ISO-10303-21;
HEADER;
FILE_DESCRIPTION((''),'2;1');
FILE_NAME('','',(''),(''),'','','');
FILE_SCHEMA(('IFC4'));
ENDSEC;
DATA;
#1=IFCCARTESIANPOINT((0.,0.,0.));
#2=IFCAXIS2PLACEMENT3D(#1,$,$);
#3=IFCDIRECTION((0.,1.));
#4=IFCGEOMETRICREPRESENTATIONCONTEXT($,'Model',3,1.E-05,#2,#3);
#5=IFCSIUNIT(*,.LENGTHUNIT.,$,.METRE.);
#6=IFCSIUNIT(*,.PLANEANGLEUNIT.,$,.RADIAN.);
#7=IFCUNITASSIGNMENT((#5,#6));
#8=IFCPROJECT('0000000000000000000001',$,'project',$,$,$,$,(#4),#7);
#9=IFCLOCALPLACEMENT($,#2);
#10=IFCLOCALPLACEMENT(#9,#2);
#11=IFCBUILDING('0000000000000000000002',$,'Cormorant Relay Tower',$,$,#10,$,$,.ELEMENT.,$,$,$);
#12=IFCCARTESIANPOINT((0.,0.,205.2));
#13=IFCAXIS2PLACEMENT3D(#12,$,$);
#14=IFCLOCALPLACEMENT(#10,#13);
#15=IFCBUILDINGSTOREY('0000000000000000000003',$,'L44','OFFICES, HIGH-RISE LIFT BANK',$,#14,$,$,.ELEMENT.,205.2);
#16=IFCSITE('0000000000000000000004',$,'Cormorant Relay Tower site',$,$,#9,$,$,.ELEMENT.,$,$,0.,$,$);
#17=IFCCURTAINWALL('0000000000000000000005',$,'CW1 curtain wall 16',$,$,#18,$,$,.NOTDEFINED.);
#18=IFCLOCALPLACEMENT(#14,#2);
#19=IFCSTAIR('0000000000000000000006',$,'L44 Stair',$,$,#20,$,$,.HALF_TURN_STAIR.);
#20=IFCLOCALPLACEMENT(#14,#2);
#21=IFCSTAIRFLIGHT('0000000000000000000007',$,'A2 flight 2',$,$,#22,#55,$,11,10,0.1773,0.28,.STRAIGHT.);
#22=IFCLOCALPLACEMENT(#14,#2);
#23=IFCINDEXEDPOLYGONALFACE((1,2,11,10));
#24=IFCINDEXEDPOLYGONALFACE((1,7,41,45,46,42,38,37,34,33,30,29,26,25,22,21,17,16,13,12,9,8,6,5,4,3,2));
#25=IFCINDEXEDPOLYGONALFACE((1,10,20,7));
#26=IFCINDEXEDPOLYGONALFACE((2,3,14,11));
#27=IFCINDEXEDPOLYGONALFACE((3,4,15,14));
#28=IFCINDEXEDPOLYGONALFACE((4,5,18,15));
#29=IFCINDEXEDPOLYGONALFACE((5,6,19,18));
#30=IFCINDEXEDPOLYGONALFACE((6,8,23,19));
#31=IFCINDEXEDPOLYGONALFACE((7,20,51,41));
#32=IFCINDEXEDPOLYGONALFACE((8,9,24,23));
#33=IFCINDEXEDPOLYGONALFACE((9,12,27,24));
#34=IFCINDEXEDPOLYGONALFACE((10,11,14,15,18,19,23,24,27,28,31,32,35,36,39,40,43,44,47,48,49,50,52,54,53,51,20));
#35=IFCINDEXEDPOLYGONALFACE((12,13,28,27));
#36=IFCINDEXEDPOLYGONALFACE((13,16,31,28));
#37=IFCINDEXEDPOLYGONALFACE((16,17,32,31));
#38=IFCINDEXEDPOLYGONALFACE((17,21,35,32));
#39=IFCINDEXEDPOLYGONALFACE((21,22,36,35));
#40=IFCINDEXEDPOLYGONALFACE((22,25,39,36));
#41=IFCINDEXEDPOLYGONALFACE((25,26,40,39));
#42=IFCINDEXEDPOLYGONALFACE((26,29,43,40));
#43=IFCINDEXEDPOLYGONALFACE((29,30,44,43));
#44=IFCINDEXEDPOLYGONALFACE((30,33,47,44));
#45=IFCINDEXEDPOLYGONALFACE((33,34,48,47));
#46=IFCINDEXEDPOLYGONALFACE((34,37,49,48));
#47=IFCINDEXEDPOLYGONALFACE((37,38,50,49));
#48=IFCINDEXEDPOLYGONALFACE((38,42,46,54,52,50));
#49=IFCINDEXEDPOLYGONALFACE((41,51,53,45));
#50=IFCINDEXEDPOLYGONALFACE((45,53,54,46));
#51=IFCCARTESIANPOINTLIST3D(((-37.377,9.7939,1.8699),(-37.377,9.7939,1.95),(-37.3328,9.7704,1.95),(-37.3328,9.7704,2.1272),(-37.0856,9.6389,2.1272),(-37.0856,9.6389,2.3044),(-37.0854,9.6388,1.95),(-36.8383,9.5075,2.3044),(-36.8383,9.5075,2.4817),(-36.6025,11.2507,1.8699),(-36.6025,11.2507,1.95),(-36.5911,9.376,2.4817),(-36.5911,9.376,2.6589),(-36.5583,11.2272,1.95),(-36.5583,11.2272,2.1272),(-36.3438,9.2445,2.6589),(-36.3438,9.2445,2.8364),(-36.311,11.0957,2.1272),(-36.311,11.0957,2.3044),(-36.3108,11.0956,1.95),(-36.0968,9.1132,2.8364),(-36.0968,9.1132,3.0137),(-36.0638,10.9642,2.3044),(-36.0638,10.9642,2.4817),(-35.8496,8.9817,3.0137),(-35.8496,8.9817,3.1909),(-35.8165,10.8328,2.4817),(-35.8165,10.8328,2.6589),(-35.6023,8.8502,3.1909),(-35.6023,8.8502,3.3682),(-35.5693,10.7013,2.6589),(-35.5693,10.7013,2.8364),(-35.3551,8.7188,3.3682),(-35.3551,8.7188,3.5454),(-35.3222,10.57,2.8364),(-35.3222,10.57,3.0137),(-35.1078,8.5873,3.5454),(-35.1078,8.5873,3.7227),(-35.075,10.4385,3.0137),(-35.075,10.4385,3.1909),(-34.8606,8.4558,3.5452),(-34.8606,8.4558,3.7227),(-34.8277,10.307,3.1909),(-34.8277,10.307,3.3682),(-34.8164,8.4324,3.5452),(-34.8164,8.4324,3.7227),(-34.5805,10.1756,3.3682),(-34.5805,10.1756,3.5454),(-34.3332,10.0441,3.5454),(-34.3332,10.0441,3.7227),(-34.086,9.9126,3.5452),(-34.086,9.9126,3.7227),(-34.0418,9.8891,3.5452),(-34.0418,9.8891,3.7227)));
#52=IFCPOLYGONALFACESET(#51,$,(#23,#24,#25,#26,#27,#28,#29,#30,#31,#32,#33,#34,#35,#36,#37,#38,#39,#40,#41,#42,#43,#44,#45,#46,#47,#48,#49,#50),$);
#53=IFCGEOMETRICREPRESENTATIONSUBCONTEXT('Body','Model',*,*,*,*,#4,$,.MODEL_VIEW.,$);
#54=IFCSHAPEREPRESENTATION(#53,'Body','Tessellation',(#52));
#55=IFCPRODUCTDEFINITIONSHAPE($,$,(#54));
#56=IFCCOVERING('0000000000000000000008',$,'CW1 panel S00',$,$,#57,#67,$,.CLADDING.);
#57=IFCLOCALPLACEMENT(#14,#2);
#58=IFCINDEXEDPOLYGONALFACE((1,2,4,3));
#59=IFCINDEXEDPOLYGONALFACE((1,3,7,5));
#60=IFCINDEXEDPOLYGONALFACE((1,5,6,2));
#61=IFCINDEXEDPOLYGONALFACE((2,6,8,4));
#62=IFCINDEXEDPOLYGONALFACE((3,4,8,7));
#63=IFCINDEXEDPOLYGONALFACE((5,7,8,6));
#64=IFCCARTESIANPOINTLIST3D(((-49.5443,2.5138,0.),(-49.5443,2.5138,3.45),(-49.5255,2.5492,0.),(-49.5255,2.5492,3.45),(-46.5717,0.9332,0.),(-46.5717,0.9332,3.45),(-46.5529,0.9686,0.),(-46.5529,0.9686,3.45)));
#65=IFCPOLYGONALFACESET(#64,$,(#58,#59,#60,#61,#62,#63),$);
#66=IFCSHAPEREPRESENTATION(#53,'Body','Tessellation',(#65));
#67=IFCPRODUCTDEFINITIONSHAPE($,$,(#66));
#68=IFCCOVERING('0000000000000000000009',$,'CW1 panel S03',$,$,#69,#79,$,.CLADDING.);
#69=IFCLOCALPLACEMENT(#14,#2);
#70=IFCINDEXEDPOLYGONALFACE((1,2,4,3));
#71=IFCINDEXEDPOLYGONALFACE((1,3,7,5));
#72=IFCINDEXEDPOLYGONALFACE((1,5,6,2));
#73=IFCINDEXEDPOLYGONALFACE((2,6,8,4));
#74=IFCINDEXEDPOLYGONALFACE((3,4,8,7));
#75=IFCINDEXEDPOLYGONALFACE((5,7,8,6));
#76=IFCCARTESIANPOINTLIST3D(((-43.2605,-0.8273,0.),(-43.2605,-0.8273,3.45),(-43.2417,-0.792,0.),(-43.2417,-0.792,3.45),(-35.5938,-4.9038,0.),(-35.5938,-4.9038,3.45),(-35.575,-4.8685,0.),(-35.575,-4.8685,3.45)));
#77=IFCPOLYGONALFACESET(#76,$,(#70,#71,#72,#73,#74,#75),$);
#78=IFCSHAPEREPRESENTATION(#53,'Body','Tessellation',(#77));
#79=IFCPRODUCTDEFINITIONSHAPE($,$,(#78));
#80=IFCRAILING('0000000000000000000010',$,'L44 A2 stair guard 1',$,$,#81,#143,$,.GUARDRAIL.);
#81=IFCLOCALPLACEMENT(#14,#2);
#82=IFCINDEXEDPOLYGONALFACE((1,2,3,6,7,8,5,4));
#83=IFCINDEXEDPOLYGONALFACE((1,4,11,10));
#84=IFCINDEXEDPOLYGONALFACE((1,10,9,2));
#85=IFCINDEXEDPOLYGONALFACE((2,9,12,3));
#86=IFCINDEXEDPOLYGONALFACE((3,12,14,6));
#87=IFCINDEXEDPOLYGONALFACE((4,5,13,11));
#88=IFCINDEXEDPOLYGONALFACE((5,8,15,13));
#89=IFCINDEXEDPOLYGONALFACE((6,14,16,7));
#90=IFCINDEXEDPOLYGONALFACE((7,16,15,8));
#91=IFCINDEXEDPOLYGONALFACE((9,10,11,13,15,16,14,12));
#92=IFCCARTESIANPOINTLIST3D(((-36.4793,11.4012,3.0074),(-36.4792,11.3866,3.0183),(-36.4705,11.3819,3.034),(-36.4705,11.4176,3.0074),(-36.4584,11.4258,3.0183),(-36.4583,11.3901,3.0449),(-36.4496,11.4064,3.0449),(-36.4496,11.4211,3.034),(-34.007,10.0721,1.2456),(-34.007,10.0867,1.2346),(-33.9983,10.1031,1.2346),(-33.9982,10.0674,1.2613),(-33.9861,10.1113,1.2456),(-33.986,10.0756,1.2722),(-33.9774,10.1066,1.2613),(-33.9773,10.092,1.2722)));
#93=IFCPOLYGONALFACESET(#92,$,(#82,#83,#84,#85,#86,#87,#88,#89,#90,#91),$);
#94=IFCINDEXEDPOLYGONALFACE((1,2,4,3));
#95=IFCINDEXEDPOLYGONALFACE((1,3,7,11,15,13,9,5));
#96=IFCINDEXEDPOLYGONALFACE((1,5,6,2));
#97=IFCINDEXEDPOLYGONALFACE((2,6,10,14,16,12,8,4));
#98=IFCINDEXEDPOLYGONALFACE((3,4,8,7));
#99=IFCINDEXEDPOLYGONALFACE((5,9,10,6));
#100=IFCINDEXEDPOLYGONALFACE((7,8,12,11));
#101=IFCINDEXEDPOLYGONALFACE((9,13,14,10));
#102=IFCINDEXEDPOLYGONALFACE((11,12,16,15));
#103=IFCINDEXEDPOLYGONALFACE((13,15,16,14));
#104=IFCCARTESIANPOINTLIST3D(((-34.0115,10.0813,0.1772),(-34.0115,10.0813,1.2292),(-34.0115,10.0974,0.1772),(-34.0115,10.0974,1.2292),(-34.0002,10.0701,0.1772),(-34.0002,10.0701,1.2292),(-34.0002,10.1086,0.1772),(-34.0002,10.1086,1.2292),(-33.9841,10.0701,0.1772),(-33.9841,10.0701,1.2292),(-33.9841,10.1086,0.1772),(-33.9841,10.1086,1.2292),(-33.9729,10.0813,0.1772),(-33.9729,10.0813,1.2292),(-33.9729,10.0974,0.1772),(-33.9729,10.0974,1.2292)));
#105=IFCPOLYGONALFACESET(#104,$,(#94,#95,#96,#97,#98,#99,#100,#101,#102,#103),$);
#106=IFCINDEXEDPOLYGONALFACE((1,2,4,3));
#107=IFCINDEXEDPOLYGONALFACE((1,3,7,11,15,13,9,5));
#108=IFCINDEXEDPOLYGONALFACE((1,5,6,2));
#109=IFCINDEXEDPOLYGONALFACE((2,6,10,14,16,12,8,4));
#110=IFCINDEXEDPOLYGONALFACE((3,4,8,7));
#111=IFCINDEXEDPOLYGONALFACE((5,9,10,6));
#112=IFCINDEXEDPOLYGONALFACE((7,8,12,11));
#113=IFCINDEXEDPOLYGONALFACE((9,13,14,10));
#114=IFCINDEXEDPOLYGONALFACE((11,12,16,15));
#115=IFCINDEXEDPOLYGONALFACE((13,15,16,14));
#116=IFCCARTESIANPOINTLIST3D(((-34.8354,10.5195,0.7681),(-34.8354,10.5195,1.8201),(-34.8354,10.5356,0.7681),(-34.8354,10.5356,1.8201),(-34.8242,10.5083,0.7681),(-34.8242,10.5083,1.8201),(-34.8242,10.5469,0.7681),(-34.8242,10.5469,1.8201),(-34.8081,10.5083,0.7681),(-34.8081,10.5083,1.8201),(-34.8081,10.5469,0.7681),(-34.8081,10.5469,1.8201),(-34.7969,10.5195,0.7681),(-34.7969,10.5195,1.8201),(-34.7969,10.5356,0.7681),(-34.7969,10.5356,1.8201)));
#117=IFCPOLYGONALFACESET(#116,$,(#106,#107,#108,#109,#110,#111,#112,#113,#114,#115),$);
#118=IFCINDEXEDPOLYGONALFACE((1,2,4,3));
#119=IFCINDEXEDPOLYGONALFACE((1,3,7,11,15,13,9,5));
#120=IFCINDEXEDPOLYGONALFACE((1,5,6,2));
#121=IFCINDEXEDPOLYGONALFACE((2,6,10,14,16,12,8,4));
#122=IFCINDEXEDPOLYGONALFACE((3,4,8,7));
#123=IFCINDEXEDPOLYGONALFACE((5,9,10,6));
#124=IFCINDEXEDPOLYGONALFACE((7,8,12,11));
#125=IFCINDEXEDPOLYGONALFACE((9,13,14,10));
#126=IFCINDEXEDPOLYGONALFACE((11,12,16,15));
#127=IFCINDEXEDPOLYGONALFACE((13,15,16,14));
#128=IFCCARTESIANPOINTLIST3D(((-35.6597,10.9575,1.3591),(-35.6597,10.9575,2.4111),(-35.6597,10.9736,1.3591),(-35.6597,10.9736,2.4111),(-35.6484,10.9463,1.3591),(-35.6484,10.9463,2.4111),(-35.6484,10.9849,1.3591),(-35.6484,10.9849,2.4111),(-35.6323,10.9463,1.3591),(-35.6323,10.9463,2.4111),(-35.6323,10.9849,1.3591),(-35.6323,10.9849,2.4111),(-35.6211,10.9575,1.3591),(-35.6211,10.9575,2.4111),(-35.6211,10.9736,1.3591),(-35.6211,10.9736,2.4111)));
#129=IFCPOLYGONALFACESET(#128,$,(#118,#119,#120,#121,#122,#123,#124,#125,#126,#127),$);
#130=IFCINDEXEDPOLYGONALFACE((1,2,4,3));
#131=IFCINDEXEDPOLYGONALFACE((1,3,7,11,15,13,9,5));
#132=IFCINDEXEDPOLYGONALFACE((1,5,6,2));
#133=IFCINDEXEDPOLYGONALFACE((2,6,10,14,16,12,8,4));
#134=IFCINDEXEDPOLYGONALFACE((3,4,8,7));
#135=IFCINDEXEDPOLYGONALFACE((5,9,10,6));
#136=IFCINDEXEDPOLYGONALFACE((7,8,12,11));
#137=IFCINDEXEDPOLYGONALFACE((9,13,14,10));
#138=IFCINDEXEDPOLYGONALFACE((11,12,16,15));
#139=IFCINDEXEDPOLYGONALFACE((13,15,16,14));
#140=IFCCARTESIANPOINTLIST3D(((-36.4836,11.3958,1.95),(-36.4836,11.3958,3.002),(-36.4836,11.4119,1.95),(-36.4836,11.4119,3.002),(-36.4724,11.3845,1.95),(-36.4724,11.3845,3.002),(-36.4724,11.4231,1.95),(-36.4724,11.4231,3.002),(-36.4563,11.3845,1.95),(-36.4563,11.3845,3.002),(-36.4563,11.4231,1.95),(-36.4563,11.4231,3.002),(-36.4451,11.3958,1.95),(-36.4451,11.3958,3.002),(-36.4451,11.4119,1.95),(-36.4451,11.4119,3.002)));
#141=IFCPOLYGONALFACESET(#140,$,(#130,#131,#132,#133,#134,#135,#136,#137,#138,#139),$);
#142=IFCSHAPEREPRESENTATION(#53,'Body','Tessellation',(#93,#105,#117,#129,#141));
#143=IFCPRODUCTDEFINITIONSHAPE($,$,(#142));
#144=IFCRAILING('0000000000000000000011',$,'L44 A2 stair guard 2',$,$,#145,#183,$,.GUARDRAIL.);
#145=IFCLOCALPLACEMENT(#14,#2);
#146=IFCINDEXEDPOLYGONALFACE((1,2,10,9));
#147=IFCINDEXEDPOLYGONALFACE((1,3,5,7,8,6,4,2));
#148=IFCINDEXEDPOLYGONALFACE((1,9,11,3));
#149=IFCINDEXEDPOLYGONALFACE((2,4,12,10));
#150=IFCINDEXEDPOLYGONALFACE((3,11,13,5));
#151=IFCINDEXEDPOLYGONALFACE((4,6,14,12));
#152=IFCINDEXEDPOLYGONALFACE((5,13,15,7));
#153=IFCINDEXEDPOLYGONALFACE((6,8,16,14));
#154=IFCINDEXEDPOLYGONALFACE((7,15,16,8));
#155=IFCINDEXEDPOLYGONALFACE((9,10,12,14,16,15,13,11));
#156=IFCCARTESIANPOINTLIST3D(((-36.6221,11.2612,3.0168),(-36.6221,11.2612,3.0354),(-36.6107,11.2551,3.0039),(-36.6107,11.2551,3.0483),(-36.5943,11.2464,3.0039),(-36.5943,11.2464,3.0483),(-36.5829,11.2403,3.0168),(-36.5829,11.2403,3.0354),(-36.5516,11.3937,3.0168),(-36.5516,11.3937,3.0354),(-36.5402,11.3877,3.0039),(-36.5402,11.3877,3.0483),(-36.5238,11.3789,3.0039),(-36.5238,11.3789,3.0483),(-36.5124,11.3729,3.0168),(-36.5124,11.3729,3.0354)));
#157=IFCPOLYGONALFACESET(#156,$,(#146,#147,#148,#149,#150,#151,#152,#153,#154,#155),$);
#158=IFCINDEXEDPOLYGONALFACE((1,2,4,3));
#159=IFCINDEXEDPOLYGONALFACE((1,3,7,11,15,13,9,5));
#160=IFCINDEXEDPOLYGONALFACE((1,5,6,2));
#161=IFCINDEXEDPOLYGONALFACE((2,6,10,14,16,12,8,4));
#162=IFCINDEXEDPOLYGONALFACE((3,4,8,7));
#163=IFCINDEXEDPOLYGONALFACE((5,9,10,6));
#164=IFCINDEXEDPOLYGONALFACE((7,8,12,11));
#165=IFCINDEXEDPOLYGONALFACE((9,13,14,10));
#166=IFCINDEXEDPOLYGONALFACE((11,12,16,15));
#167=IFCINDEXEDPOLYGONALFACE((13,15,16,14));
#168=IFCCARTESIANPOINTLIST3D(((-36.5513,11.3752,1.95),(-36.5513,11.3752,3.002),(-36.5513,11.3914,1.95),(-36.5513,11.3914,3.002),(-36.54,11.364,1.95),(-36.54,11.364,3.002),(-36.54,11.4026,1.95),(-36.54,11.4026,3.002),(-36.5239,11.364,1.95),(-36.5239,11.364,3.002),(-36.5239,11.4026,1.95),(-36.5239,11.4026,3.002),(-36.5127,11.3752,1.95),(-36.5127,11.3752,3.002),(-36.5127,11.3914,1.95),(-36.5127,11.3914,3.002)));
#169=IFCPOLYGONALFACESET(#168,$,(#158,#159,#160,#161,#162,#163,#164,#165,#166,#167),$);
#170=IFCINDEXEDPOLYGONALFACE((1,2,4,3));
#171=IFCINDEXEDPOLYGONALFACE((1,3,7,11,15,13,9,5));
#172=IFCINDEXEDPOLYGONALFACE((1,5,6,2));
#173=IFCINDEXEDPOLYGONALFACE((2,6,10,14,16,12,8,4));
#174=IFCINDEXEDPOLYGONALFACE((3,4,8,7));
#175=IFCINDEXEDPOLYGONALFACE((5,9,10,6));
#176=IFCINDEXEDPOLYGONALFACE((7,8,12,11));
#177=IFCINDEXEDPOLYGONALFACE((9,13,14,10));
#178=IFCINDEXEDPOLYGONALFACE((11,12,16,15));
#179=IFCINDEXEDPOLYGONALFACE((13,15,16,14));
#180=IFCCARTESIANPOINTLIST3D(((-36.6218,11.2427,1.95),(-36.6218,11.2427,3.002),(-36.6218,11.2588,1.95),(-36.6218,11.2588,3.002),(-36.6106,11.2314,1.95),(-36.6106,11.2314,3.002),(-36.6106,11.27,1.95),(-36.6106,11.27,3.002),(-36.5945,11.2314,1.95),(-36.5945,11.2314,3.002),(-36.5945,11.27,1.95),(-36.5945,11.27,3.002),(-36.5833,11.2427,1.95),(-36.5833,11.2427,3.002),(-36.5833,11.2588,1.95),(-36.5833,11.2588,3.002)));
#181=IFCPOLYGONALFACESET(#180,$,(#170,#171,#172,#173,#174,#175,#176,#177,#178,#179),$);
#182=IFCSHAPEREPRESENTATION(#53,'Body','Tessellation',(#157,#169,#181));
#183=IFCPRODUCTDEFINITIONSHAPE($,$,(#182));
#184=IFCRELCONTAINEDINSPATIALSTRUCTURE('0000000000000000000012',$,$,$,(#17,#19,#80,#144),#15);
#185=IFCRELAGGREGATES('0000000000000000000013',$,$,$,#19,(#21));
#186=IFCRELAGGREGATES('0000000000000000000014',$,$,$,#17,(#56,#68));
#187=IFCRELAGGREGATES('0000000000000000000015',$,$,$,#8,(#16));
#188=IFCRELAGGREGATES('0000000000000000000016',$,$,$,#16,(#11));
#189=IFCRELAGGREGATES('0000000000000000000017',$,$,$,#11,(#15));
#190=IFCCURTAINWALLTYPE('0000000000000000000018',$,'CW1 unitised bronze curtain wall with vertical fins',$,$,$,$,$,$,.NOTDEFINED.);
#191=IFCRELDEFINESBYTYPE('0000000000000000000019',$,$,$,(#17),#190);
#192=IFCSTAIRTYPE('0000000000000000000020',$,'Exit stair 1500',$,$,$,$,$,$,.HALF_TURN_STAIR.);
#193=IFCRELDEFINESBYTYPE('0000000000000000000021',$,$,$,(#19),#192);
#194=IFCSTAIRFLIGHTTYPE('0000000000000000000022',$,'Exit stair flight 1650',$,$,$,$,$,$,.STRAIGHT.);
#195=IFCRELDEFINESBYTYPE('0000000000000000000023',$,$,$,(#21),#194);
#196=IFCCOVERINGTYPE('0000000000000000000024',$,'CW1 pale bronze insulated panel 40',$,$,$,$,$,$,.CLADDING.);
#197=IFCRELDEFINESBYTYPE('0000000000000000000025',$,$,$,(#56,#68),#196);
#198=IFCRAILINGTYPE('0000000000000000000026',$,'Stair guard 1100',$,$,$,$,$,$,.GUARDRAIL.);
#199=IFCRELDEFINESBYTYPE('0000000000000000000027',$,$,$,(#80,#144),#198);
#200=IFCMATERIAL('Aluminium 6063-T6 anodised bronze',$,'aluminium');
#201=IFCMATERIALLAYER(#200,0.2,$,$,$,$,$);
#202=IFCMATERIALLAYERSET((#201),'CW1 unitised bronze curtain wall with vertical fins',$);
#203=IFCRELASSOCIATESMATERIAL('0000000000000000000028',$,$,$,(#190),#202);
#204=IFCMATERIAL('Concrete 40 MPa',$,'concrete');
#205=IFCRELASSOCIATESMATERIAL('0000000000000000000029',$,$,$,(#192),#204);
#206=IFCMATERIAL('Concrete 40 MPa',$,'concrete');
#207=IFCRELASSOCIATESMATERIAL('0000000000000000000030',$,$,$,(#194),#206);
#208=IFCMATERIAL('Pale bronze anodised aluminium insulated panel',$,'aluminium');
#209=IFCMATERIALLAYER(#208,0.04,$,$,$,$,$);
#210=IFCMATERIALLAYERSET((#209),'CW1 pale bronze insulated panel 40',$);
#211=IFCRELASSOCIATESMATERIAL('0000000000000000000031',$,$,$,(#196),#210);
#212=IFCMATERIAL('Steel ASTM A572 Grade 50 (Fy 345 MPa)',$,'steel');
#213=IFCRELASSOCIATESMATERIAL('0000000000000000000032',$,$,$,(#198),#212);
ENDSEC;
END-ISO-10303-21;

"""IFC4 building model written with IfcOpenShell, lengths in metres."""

from ifc_helpers import new_model, si_unit, direction, frame, origin, origin_2d, place, context, subcontext, project, spatial, polyline, rectangle, outline, extrude, material, layer, layer_set, type_object, element, aggregate, save


model = new_model("IFC4")

# Units and contexts
model_context = context("Model", 3, precision=1e-05, world=origin(), true_north=direction((0.0, 1.0)))
body_context = subcontext(model_context, "Body", "Model", "MODEL_VIEW")
ifc_project = project(units=[si_unit("LENGTHUNIT", "METRE"), si_unit("PLANEANGLEUNIT", "RADIAN")], contexts=[model_context])

# Site, building, storey
site_placement = place(None, origin())
site = spatial("IfcSite", under=ifc_project, at=site_placement, Name="Cormorant Relay Tower site", CompositionType="ELEMENT", RefElevation=0.0)
building_placement = place(site_placement, origin())
building = spatial("IfcBuilding", under=site, at=building_placement, Name="Cormorant Relay Tower", CompositionType="ELEMENT")
storey_placement = place(building_placement, frame((0.0, 0.0, 205.2)))
storey = spatial("IfcBuildingStorey", under=building, at=storey_placement, Name="L44", Description="OFFICES, HIGH-RISE LIFT BANK", CompositionType="ELEMENT", Elevation=205.2)

# Curtain wall
ifc_material_1 = material(Name="Aluminium 6063-T6 anodised bronze", Category="aluminium")
ifc_layer_1 = layer(ifc_material_1, 0.2)
ifc_layer_set_1 = layer_set([ifc_layer_1], Name="CW1 unitised bronze curtain wall with vertical fins")
curtain_wall_type = type_object("IfcCurtainWallType", Name="CW1 unitised bronze curtain wall with vertical fins", PredefinedType="NOTDEFINED", material=ifc_layer_set_1)
curtain_wall_placement = place(storey_placement, origin())
curtain_wall = element("IfcCurtainWall", 1, at=curtain_wall_placement, inside=storey, type_object=curtain_wall_type, Name="CW1 curtain wall 16", PredefinedType="NOTDEFINED")

# Stair, stair flight
ifc_material_2 = material(Name="Concrete 40 MPa", Category="concrete")
stair_type = type_object("IfcStairType", Name="Exit stair 1500", PredefinedType="HALF_TURN_STAIR", material=ifc_material_2)
stair_placement = place(storey_placement, origin())
stair = element("IfcStair", 2, at=stair_placement, inside=storey, type_object=stair_type, Name="L44 Stair", PredefinedType="HALF_TURN_STAIR")
ifc_material_3 = material(Name="Concrete 40 MPa", Category="concrete")
stair_flight_type = type_object("IfcStairFlightType", Name="Exit stair flight 1650", PredefinedType="STRAIGHT", material=ifc_material_3)
stair_flight_1_placement = place(storey_placement, frame((-36.9456, 10.4988, 1.95), z_axis=(0.0, 0.0, 1.0), x_axis=(0.882948, -0.469472, 0.0)))
stair_flight_1 = element("IfcStairFlight", 3, at=stair_flight_1_placement, type_object=stair_flight_type, Name="A2 flight 2", NumberOfRisers=11, NumberOfTreads=10, PredefinedType="STRAIGHT", RiserHeight=0.1773, TreadLength=0.28, context=body_context, shape_type="SweptSolid", body=[
    extrude(outline(polyline([(-0.05, -0.0801), (-0.05, 0.0), (0.0, 0.0), (0.0, 0.1772), (0.28, 0.1772), (0.28, 0.3545), (0.5601, 0.3545), (0.5601, 0.5317), (0.8401, 0.5317), (0.8401, 0.709), (1.1201, 0.709), (1.1201, 0.8865), (1.3999, 0.8865), (1.3999, 1.0637), (1.6799, 1.0637), (1.6799, 1.241), (1.96, 1.241), (1.96, 1.4182), (2.24, 1.4182), (2.24, 1.5955), (2.52, 1.5955), (2.52, 1.7727), (2.8, 1.7727), (2.8501, 1.7727), (2.8501, 1.5952), (2.8, 1.5952), (0.2803, 0.0), (-0.05, -0.0801)])), frame((0.0, 0.825, 0.0), z_axis=(0.0, -1.0, 0.0), x_axis=(1.0, 0.0, 0.0)), (0.0, 0.0, 1.0), 1.6499),
])
aggregate(stair, [stair_flight_1])

# Coverings
ifc_material_4 = material(Name="Pale bronze anodised aluminium insulated panel", Category="aluminium")
ifc_layer_2 = layer(ifc_material_4, 0.04)
ifc_layer_set_2 = layer_set([ifc_layer_2], Name="CW1 pale bronze insulated panel 40")
covering_type = type_object("IfcCoveringType", Name="CW1 pale bronze insulated panel 40", PredefinedType="CLADDING", material=ifc_layer_set_2)
covering_1_placement = place(storey_placement, frame((-48.0486, 1.7412, 0.0), z_axis=(0.0, 0.0, 1.0), x_axis=(0.882948, -0.469472, 0.0)))
covering_1 = element("IfcCovering", 4, at=covering_1_placement, type_object=covering_type, Name="CW1 panel S00", PredefinedType="CLADDING", context=body_context, shape_type="SweptSolid", body=[
    extrude(rectangle(XDim=3.3667, YDim=0.04, at=origin_2d()), origin(), (0.0, 0.0, 1.0), 3.45),
])
covering_2_placement = place(storey_placement, frame((-39.4177, -2.8479, 0.0), z_axis=(0.0, 0.0, 1.0), x_axis=(0.882948, -0.469472, 0.0)))
covering_2 = element("IfcCovering", 5, at=covering_2_placement, type_object=covering_type, Name="CW1 panel S03", PredefinedType="CLADDING", context=body_context, shape_type="SweptSolid", body=[
    extrude(rectangle(XDim=8.6831, YDim=0.04, at=origin_2d()), origin(), (0.0, 0.0, 1.0), 3.45),
])
aggregate(curtain_wall, [covering_1, covering_2])

# Railings
ifc_material_5 = material(Name="Steel ASTM A572 Grade 50 (Fy 345 MPa)", Category="steel")
railing_type_1 = type_object("IfcRailingType", Name="Stair guard 1100", PredefinedType="GUARDRAIL", material=ifc_material_5)
railing_1_placement = place(storey_placement, frame((-33.9922, 10.0894, 0.1772)))
element("IfcRailing", 6, at=railing_1_placement, inside=storey, type_object=railing_type_1, Name="L44 A2 stair guard 1", PredefinedType="GUARDRAIL", context=body_context, shape_type="SweptSolid", body=[
    extrude(outline(polyline([(0.0222, 0.0093), (0.0093, 0.0222), (-0.0093, 0.0222), (-0.0222, 0.0093), (-0.0222, -0.0093), (-0.0093, -0.0222), (0.0093, -0.0222), (0.0222, -0.0093), (0.0222, 0.0093)])), frame((0.0, 0.0, 1.0762), z_axis=(-0.746001, 0.396649, 0.534931), x_axis=(-0.469465, -0.882951, 0.0)), (0.0, 0.0, 1.0), 3.314),
    extrude(outline(polyline([(0.0193, 0.0081), (0.0081, 0.0193), (-0.0081, 0.0193), (-0.0193, 0.0081), (-0.0193, -0.0081), (-0.0081, -0.0193), (0.0081, -0.0193), (0.0193, -0.0081), (0.0193, 0.0081)])), origin(), (0.0, 0.0, 1.0), 1.052),
    extrude(outline(polyline([(0.0193, 0.0081), (0.0081, 0.0193), (-0.0081, 0.0193), (-0.0193, 0.0081), (-0.0193, -0.0081), (-0.0081, -0.0193), (0.0081, -0.0193), (0.0193, -0.0081), (0.0193, 0.0081)])), frame((-0.824, 0.4382, 0.5908)), (0.0, 0.0, 1.0), 1.052),
    extrude(outline(polyline([(0.0193, 0.0081), (0.0081, 0.0193), (-0.0081, 0.0193), (-0.0193, 0.0081), (-0.0193, -0.0081), (-0.0081, -0.0193), (0.0081, -0.0193), (0.0193, -0.0081), (0.0193, 0.0081)])), frame((-1.6482, 0.8762, 1.1819)), (0.0, 0.0, 1.0), 1.052),
    extrude(outline(polyline([(0.0193, 0.0081), (0.0081, 0.0193), (-0.0081, 0.0193), (-0.0193, 0.0081), (-0.0193, -0.0081), (-0.0081, -0.0193), (0.0081, -0.0193), (0.0193, -0.0081), (0.0193, 0.0081)])), frame((-2.4722, 1.3145, 1.7727)), (0.0, 0.0, 1.0), 1.052),
])
railing_2_placement = place(storey_placement, frame((-36.532, 11.3833, 1.95)))
element("IfcRailing", 7, at=railing_2_placement, inside=storey, type_object=railing_type_1, Name="L44 A2 stair guard 2", PredefinedType="GUARDRAIL", context=body_context, shape_type="SweptSolid", body=[
    extrude(outline(polyline([(0.0222, 0.0093), (0.0093, 0.0222), (-0.0093, 0.0222), (-0.0222, 0.0093), (-0.0222, -0.0093), (-0.0093, -0.0222), (0.0093, -0.0222), (0.0222, -0.0093), (0.0222, 0.0093)])), frame((0.0, 0.0, 1.0762), z_axis=(-0.469829, -0.882758, 0.0), x_axis=(0.882758, -0.469829, 0.0)), (0.0, 0.0, 1.0), 0.1501),
    extrude(outline(polyline([(0.0193, 0.0081), (0.0081, 0.0193), (-0.0081, 0.0193), (-0.0193, 0.0081), (-0.0193, -0.0081), (-0.0081, -0.0193), (0.0081, -0.0193), (0.0193, -0.0081), (0.0193, 0.0081)])), origin(), (0.0, 0.0, 1.0), 1.052),
    extrude(outline(polyline([(0.0193, 0.0081), (0.0081, 0.0193), (-0.0081, 0.0193), (-0.0193, 0.0081), (-0.0193, -0.0081), (-0.0081, -0.0193), (0.0081, -0.0193), (0.0193, -0.0081), (0.0193, 0.0081)])), frame((-0.0706, -0.1326, 0.0)), (0.0, 0.0, 1.0), 1.052),
])

save(model, "model.ifc")
